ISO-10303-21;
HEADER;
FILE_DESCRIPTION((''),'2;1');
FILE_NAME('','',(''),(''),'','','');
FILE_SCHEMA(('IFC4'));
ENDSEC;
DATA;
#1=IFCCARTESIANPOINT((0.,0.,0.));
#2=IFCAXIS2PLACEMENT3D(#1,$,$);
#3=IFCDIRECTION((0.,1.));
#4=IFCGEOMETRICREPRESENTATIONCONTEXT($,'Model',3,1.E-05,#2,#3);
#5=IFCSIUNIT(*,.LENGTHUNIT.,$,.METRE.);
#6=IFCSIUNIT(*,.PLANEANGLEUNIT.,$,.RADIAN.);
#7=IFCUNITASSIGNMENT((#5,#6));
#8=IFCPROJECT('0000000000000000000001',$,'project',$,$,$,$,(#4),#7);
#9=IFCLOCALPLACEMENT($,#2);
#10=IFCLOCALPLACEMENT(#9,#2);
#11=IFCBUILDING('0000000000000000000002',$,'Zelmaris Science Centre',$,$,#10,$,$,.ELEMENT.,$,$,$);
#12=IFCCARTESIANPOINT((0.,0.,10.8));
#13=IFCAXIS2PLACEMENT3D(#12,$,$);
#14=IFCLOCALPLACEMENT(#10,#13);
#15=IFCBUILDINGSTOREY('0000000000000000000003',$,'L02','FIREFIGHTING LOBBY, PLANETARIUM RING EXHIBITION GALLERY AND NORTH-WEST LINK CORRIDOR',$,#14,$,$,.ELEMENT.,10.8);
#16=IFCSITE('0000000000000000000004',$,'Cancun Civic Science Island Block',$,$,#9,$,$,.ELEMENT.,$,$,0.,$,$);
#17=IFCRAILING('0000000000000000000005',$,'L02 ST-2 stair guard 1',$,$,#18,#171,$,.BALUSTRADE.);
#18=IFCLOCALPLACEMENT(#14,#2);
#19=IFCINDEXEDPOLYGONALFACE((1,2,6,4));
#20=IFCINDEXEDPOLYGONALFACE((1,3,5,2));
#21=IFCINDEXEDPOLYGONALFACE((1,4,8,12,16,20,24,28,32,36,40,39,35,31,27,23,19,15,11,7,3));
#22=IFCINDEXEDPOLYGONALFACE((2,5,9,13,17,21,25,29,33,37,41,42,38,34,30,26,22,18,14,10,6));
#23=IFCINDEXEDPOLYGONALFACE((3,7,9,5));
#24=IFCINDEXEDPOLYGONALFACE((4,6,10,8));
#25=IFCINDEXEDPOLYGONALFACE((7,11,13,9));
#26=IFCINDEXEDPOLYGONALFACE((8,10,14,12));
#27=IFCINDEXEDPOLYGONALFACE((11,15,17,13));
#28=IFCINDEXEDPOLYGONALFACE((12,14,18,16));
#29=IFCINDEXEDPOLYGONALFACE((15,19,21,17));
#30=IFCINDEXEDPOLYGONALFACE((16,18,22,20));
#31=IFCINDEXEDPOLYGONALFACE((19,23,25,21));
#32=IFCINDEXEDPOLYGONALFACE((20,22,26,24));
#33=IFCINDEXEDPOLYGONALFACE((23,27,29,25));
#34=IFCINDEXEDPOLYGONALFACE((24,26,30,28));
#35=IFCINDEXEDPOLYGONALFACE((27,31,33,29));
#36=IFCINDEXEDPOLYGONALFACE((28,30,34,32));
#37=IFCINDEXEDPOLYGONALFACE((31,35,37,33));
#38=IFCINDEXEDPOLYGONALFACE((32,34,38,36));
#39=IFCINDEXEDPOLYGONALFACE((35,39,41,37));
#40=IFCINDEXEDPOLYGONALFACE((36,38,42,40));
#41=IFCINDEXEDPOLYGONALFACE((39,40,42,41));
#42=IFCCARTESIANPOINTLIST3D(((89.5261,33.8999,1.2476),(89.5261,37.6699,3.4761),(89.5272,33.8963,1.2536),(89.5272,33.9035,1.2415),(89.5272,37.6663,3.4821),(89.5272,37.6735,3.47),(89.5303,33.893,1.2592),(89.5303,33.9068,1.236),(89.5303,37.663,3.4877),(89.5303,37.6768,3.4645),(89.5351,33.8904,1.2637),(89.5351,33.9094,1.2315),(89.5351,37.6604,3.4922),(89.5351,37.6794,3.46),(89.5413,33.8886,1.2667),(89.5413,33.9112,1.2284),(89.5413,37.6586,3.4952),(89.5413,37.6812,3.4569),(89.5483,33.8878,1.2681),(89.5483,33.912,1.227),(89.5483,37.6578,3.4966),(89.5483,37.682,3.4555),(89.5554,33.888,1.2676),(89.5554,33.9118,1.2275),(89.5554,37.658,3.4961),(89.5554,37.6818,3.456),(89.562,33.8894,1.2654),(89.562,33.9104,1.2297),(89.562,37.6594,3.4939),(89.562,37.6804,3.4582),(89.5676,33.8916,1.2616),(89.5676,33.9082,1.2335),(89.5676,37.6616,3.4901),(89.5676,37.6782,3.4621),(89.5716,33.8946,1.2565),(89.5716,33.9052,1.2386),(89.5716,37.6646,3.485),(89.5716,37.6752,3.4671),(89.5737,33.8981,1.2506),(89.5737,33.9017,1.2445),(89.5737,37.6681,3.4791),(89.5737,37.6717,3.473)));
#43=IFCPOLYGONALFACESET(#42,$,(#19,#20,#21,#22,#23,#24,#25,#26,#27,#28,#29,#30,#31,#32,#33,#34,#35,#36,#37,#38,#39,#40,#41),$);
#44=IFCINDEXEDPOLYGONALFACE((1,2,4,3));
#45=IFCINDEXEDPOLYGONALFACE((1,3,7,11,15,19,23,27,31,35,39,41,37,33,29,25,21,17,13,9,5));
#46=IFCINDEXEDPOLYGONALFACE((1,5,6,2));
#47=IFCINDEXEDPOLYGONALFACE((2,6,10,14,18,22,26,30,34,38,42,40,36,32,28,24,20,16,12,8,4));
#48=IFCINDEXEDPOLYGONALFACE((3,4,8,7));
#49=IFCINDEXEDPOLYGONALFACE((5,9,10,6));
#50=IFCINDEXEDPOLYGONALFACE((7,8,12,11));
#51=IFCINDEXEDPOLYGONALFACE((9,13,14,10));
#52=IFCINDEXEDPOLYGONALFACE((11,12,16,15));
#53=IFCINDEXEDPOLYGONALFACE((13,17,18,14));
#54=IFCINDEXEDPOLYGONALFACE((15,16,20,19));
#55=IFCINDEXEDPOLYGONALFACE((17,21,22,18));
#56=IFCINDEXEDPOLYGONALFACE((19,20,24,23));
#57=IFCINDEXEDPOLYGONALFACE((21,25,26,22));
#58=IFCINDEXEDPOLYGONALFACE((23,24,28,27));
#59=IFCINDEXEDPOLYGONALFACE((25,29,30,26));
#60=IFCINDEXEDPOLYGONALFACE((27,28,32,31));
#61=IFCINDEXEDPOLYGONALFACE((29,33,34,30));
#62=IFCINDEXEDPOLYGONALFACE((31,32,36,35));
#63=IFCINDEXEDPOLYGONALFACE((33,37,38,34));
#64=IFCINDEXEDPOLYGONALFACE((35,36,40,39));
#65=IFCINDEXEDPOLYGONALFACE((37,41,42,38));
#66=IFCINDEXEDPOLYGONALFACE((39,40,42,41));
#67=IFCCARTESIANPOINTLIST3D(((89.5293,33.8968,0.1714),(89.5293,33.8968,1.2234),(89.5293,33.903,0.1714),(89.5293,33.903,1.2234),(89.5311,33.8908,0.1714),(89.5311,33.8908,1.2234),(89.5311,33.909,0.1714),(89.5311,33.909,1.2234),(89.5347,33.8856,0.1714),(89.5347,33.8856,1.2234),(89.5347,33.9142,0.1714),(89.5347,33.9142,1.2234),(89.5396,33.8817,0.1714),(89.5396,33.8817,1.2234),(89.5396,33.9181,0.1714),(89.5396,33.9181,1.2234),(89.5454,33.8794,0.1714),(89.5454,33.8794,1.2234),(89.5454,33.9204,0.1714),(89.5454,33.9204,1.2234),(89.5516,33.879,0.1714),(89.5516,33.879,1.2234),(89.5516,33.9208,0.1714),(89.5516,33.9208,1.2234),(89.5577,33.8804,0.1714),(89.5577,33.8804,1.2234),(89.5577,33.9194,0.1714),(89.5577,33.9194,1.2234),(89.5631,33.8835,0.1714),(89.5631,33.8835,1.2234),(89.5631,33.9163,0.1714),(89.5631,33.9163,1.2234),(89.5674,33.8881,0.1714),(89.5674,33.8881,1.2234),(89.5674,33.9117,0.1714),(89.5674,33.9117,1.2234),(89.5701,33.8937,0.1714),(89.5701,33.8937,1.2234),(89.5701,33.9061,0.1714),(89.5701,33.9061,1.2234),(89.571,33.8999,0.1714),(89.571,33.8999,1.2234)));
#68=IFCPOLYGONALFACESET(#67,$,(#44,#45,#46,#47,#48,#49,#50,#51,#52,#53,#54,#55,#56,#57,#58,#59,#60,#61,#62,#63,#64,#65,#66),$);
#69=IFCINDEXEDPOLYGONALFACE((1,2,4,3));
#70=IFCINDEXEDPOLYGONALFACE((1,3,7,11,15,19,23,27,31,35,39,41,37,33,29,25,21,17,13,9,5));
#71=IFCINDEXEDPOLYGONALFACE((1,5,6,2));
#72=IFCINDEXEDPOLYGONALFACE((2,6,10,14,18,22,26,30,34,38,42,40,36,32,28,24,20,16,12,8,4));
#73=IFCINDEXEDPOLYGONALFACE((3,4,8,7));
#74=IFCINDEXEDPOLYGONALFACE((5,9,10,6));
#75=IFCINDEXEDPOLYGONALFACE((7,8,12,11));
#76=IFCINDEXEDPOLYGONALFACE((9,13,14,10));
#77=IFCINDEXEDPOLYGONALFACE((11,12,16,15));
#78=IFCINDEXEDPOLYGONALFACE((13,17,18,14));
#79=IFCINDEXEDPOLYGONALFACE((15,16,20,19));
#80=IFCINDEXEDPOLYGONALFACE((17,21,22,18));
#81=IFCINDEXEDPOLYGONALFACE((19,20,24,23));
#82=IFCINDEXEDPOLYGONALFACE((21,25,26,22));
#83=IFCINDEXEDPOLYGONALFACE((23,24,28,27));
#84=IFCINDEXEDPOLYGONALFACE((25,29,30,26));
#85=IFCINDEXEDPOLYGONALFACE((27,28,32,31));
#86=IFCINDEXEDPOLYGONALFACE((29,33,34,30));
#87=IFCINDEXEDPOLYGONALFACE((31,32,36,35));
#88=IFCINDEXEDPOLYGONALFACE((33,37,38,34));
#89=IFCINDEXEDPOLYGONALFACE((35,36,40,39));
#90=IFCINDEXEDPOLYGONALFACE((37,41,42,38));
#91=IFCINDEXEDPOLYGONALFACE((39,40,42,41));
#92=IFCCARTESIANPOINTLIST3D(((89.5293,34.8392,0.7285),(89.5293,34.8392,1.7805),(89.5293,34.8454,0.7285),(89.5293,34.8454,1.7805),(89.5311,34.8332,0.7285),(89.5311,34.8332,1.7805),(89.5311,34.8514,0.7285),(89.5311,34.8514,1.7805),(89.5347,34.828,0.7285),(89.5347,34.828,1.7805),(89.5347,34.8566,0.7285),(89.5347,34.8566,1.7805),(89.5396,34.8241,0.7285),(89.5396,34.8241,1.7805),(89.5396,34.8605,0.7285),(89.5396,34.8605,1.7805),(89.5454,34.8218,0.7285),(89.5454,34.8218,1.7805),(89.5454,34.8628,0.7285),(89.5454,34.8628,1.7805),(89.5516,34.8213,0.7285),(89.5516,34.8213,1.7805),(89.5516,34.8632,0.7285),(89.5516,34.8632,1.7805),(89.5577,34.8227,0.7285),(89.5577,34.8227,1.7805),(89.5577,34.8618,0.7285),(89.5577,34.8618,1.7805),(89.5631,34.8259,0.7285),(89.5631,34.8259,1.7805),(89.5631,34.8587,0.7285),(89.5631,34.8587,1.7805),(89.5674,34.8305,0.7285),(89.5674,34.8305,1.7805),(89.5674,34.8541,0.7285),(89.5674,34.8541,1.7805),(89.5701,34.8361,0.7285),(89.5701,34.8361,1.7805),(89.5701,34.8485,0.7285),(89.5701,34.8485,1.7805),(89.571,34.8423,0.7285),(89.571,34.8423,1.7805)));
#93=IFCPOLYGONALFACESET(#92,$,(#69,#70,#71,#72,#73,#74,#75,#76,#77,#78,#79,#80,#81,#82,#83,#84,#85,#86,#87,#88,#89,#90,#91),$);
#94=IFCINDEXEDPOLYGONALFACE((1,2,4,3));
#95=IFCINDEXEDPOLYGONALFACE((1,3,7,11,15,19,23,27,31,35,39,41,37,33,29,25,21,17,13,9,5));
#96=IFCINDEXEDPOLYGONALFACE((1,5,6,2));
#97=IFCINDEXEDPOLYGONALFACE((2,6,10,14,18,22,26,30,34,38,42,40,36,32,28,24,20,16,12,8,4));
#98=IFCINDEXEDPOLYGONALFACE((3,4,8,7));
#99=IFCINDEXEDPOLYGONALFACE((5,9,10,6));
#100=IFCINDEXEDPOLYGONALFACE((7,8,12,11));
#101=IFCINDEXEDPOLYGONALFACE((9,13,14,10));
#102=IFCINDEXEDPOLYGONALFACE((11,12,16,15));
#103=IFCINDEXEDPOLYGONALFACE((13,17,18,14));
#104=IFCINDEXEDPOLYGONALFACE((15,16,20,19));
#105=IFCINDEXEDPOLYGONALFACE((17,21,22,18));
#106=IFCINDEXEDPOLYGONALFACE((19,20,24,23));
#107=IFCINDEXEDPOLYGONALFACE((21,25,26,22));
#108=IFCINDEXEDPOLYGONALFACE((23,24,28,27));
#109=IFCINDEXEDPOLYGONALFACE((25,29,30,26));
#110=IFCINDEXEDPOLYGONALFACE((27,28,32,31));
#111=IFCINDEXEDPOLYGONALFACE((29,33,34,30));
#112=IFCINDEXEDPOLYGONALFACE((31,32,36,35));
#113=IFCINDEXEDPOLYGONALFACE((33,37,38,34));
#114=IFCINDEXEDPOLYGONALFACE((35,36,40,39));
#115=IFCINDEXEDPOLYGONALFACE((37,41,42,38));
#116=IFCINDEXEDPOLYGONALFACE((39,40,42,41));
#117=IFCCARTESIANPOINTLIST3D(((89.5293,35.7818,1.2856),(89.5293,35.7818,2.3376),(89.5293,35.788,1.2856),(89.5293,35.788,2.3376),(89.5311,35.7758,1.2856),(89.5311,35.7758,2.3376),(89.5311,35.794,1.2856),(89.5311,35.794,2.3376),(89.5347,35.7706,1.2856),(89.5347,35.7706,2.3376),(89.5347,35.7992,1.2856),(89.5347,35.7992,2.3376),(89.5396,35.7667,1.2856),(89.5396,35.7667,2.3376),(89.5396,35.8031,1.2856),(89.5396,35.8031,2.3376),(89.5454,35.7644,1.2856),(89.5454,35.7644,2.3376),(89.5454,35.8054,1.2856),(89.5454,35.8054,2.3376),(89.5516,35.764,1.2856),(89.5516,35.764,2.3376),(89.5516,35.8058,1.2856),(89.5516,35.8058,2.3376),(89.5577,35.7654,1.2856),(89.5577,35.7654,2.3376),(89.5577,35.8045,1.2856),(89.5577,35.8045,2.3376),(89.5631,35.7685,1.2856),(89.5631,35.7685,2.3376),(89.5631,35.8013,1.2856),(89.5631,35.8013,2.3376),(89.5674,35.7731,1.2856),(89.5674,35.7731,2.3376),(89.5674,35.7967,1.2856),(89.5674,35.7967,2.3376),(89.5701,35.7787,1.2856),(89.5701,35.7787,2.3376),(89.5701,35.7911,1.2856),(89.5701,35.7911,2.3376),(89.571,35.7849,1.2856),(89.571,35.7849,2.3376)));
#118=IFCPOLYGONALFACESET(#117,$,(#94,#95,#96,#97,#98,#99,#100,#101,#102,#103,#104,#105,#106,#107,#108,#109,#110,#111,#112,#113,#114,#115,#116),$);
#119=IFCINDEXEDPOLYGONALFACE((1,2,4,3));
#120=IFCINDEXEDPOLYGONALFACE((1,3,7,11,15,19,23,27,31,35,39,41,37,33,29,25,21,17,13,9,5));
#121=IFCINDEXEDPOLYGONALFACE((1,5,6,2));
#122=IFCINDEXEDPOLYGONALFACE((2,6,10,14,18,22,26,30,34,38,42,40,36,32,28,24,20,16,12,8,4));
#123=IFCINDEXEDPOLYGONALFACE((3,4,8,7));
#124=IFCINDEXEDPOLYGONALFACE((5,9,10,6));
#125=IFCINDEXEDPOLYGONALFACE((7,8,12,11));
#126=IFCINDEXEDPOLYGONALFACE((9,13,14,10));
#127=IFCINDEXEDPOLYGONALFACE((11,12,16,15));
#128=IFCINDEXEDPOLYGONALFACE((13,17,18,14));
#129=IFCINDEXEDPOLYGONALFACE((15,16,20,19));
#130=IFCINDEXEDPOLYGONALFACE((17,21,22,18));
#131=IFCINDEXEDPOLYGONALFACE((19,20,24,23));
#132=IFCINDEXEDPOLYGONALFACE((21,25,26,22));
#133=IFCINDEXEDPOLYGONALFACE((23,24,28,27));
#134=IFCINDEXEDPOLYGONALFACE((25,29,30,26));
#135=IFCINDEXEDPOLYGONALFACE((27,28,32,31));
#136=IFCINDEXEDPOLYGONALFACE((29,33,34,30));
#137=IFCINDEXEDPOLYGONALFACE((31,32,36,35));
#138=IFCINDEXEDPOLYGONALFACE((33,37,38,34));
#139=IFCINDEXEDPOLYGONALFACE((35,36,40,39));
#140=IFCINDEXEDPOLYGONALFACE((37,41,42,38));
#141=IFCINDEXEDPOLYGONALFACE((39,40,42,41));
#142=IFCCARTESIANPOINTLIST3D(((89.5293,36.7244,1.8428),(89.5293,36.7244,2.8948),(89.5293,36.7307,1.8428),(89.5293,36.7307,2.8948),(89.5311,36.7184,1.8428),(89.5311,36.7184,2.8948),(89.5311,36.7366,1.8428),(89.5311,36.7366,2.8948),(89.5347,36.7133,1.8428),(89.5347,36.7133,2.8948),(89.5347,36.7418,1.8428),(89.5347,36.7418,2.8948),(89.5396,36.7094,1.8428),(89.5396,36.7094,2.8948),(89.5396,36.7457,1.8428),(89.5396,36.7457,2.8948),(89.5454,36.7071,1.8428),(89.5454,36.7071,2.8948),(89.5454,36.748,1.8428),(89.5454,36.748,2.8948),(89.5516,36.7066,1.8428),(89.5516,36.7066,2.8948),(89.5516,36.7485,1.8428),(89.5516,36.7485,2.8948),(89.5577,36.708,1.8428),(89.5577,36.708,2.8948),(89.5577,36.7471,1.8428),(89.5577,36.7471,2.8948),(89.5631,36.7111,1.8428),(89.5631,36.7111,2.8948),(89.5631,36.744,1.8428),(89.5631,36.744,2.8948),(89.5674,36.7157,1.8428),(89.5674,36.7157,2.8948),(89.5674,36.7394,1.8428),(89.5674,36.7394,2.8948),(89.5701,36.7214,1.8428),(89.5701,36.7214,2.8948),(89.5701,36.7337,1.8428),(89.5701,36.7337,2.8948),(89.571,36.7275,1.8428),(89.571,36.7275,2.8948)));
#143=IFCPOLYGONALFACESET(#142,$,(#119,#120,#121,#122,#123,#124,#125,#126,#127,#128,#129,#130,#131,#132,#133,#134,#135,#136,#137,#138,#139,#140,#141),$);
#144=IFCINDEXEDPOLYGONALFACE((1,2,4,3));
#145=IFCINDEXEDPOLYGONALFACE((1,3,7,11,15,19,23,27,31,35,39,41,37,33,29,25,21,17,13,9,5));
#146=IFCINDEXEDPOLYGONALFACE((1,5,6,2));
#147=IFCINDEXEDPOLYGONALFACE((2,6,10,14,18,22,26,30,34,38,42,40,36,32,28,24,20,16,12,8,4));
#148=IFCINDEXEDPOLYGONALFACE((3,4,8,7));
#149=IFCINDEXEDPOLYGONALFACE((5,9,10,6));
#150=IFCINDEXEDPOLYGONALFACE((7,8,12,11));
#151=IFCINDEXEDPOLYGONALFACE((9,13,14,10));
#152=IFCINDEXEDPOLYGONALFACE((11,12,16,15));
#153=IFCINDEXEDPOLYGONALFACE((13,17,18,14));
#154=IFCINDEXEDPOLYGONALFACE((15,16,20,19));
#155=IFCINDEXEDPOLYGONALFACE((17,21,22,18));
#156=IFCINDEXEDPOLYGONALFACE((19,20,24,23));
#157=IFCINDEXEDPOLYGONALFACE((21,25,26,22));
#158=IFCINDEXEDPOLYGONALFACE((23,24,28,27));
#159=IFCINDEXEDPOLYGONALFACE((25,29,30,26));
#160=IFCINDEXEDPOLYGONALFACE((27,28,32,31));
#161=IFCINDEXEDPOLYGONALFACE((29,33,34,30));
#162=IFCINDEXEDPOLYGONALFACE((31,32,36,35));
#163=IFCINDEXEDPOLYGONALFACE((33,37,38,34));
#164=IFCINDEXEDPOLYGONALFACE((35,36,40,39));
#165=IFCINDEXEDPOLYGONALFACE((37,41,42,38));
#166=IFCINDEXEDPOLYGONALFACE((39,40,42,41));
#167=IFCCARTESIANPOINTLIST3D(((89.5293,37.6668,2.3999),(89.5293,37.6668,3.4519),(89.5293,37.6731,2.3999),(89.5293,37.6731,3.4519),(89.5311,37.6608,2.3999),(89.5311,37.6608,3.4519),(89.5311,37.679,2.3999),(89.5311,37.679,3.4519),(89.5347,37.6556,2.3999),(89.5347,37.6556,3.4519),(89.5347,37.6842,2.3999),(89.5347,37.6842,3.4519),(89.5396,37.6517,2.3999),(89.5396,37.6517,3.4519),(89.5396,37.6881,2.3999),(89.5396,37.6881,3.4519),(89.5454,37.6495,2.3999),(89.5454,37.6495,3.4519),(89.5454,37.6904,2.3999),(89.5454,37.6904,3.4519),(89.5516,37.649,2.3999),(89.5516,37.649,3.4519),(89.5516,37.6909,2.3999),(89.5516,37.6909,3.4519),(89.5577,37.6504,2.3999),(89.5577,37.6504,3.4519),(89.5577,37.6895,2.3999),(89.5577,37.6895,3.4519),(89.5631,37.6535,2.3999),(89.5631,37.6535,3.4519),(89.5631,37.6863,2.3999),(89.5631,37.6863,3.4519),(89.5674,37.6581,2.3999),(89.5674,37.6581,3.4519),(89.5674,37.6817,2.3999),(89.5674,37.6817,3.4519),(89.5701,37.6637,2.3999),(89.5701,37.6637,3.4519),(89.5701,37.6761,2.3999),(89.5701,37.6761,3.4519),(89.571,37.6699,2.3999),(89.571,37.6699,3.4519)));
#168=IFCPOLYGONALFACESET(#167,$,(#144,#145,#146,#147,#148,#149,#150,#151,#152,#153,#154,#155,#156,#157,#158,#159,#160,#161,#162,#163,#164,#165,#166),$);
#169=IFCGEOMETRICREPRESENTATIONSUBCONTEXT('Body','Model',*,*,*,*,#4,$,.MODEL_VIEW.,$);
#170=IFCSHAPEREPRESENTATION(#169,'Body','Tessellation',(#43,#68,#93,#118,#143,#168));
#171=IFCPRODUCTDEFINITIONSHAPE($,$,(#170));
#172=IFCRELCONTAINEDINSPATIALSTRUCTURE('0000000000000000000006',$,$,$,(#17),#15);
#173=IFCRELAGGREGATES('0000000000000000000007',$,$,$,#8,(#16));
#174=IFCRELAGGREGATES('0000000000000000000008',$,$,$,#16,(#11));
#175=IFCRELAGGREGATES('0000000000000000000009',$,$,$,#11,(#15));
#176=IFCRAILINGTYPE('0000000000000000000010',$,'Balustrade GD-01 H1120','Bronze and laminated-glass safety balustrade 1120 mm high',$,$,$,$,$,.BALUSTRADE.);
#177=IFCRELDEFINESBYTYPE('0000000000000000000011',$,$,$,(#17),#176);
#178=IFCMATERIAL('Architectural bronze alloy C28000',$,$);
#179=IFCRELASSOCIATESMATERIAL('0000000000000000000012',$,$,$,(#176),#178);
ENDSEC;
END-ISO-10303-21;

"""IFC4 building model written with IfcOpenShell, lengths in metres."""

from ifc_helpers import new_model, si_unit, direction, frame, origin, origin_2d, place, context, subcontext, project, spatial, circle, extrude, material, type_object, element, save


model = new_model("IFC4")

# Units and contexts
model_context = context("Model", 3, precision=1e-05, world=origin(), true_north=direction((0.0, 1.0)))
body_context = subcontext(model_context, "Body", "Model", "MODEL_VIEW")
ifc_project = project(units=[si_unit("LENGTHUNIT", "METRE"), si_unit("PLANEANGLEUNIT", "RADIAN")], contexts=[model_context])

# Site, building, storey
site_placement = place(None, origin())
site = spatial("IfcSite", under=ifc_project, at=site_placement, Name="Cancun Civic Science Island Block", CompositionType="ELEMENT", RefElevation=0.0)
building_placement = place(site_placement, origin())
building = spatial("IfcBuilding", under=site, at=building_placement, Name="Zelmaris Science Centre", CompositionType="ELEMENT")
storey_placement = place(building_placement, frame((0.0, 0.0, 10.8)))
storey = spatial("IfcBuildingStorey", under=building, at=storey_placement, Name="L02", Description="FIREFIGHTING LOBBY, PLANETARIUM RING EXHIBITION GALLERY AND NORTH-WEST LINK CORRIDOR", CompositionType="ELEMENT", Elevation=10.8)

# Railing
ifc_material_1 = material(Name="Architectural bronze alloy C28000")
railing_type_1 = type_object("IfcRailingType", Name="Balustrade GD-01 H1120", Description="Bronze and laminated-glass safety balustrade 1120 mm high", PredefinedType="BALUSTRADE", material=ifc_material_1)
railing_1_placement = place(storey_placement, frame((89.55, 33.8999, 0.1714)))
element("IfcRailing", 1, at=railing_1_placement, inside=storey, type_object=railing_type_1, Name="L02 ST-2 stair guard 1", PredefinedType="BALUSTRADE", context=body_context, shape_type="SweptSolid", body=[
    extrude(circle(Radius=0.0239, at=origin_2d()), frame((0.0, 0.0, 1.0762), z_axis=(0.0, 0.860849, 0.508861), x_axis=(-1.0, 0.0, 0.0)), (0.0, 0.0, 1.0), 4.3794),
    extrude(circle(Radius=0.021, at=origin_2d()), origin(), (0.0, 0.0, 1.0), 1.052),
    extrude(circle(Radius=0.021, at=origin_2d()), frame((0.0, 0.9424, 0.5571)), (0.0, 0.0, 1.0), 1.052),
    extrude(circle(Radius=0.021, at=origin_2d()), frame((0.0, 1.885, 1.1143)), (0.0, 0.0, 1.0), 1.052),
    extrude(circle(Radius=0.021, at=origin_2d()), frame((0.0, 2.8276, 1.6714)), (0.0, 0.0, 1.0), 1.052),
    extrude(circle(Radius=0.021, at=origin_2d()), frame((0.0, 3.77, 2.2285)), (0.0, 0.0, 1.0), 1.052),
])

save(model, "model.ifc")
